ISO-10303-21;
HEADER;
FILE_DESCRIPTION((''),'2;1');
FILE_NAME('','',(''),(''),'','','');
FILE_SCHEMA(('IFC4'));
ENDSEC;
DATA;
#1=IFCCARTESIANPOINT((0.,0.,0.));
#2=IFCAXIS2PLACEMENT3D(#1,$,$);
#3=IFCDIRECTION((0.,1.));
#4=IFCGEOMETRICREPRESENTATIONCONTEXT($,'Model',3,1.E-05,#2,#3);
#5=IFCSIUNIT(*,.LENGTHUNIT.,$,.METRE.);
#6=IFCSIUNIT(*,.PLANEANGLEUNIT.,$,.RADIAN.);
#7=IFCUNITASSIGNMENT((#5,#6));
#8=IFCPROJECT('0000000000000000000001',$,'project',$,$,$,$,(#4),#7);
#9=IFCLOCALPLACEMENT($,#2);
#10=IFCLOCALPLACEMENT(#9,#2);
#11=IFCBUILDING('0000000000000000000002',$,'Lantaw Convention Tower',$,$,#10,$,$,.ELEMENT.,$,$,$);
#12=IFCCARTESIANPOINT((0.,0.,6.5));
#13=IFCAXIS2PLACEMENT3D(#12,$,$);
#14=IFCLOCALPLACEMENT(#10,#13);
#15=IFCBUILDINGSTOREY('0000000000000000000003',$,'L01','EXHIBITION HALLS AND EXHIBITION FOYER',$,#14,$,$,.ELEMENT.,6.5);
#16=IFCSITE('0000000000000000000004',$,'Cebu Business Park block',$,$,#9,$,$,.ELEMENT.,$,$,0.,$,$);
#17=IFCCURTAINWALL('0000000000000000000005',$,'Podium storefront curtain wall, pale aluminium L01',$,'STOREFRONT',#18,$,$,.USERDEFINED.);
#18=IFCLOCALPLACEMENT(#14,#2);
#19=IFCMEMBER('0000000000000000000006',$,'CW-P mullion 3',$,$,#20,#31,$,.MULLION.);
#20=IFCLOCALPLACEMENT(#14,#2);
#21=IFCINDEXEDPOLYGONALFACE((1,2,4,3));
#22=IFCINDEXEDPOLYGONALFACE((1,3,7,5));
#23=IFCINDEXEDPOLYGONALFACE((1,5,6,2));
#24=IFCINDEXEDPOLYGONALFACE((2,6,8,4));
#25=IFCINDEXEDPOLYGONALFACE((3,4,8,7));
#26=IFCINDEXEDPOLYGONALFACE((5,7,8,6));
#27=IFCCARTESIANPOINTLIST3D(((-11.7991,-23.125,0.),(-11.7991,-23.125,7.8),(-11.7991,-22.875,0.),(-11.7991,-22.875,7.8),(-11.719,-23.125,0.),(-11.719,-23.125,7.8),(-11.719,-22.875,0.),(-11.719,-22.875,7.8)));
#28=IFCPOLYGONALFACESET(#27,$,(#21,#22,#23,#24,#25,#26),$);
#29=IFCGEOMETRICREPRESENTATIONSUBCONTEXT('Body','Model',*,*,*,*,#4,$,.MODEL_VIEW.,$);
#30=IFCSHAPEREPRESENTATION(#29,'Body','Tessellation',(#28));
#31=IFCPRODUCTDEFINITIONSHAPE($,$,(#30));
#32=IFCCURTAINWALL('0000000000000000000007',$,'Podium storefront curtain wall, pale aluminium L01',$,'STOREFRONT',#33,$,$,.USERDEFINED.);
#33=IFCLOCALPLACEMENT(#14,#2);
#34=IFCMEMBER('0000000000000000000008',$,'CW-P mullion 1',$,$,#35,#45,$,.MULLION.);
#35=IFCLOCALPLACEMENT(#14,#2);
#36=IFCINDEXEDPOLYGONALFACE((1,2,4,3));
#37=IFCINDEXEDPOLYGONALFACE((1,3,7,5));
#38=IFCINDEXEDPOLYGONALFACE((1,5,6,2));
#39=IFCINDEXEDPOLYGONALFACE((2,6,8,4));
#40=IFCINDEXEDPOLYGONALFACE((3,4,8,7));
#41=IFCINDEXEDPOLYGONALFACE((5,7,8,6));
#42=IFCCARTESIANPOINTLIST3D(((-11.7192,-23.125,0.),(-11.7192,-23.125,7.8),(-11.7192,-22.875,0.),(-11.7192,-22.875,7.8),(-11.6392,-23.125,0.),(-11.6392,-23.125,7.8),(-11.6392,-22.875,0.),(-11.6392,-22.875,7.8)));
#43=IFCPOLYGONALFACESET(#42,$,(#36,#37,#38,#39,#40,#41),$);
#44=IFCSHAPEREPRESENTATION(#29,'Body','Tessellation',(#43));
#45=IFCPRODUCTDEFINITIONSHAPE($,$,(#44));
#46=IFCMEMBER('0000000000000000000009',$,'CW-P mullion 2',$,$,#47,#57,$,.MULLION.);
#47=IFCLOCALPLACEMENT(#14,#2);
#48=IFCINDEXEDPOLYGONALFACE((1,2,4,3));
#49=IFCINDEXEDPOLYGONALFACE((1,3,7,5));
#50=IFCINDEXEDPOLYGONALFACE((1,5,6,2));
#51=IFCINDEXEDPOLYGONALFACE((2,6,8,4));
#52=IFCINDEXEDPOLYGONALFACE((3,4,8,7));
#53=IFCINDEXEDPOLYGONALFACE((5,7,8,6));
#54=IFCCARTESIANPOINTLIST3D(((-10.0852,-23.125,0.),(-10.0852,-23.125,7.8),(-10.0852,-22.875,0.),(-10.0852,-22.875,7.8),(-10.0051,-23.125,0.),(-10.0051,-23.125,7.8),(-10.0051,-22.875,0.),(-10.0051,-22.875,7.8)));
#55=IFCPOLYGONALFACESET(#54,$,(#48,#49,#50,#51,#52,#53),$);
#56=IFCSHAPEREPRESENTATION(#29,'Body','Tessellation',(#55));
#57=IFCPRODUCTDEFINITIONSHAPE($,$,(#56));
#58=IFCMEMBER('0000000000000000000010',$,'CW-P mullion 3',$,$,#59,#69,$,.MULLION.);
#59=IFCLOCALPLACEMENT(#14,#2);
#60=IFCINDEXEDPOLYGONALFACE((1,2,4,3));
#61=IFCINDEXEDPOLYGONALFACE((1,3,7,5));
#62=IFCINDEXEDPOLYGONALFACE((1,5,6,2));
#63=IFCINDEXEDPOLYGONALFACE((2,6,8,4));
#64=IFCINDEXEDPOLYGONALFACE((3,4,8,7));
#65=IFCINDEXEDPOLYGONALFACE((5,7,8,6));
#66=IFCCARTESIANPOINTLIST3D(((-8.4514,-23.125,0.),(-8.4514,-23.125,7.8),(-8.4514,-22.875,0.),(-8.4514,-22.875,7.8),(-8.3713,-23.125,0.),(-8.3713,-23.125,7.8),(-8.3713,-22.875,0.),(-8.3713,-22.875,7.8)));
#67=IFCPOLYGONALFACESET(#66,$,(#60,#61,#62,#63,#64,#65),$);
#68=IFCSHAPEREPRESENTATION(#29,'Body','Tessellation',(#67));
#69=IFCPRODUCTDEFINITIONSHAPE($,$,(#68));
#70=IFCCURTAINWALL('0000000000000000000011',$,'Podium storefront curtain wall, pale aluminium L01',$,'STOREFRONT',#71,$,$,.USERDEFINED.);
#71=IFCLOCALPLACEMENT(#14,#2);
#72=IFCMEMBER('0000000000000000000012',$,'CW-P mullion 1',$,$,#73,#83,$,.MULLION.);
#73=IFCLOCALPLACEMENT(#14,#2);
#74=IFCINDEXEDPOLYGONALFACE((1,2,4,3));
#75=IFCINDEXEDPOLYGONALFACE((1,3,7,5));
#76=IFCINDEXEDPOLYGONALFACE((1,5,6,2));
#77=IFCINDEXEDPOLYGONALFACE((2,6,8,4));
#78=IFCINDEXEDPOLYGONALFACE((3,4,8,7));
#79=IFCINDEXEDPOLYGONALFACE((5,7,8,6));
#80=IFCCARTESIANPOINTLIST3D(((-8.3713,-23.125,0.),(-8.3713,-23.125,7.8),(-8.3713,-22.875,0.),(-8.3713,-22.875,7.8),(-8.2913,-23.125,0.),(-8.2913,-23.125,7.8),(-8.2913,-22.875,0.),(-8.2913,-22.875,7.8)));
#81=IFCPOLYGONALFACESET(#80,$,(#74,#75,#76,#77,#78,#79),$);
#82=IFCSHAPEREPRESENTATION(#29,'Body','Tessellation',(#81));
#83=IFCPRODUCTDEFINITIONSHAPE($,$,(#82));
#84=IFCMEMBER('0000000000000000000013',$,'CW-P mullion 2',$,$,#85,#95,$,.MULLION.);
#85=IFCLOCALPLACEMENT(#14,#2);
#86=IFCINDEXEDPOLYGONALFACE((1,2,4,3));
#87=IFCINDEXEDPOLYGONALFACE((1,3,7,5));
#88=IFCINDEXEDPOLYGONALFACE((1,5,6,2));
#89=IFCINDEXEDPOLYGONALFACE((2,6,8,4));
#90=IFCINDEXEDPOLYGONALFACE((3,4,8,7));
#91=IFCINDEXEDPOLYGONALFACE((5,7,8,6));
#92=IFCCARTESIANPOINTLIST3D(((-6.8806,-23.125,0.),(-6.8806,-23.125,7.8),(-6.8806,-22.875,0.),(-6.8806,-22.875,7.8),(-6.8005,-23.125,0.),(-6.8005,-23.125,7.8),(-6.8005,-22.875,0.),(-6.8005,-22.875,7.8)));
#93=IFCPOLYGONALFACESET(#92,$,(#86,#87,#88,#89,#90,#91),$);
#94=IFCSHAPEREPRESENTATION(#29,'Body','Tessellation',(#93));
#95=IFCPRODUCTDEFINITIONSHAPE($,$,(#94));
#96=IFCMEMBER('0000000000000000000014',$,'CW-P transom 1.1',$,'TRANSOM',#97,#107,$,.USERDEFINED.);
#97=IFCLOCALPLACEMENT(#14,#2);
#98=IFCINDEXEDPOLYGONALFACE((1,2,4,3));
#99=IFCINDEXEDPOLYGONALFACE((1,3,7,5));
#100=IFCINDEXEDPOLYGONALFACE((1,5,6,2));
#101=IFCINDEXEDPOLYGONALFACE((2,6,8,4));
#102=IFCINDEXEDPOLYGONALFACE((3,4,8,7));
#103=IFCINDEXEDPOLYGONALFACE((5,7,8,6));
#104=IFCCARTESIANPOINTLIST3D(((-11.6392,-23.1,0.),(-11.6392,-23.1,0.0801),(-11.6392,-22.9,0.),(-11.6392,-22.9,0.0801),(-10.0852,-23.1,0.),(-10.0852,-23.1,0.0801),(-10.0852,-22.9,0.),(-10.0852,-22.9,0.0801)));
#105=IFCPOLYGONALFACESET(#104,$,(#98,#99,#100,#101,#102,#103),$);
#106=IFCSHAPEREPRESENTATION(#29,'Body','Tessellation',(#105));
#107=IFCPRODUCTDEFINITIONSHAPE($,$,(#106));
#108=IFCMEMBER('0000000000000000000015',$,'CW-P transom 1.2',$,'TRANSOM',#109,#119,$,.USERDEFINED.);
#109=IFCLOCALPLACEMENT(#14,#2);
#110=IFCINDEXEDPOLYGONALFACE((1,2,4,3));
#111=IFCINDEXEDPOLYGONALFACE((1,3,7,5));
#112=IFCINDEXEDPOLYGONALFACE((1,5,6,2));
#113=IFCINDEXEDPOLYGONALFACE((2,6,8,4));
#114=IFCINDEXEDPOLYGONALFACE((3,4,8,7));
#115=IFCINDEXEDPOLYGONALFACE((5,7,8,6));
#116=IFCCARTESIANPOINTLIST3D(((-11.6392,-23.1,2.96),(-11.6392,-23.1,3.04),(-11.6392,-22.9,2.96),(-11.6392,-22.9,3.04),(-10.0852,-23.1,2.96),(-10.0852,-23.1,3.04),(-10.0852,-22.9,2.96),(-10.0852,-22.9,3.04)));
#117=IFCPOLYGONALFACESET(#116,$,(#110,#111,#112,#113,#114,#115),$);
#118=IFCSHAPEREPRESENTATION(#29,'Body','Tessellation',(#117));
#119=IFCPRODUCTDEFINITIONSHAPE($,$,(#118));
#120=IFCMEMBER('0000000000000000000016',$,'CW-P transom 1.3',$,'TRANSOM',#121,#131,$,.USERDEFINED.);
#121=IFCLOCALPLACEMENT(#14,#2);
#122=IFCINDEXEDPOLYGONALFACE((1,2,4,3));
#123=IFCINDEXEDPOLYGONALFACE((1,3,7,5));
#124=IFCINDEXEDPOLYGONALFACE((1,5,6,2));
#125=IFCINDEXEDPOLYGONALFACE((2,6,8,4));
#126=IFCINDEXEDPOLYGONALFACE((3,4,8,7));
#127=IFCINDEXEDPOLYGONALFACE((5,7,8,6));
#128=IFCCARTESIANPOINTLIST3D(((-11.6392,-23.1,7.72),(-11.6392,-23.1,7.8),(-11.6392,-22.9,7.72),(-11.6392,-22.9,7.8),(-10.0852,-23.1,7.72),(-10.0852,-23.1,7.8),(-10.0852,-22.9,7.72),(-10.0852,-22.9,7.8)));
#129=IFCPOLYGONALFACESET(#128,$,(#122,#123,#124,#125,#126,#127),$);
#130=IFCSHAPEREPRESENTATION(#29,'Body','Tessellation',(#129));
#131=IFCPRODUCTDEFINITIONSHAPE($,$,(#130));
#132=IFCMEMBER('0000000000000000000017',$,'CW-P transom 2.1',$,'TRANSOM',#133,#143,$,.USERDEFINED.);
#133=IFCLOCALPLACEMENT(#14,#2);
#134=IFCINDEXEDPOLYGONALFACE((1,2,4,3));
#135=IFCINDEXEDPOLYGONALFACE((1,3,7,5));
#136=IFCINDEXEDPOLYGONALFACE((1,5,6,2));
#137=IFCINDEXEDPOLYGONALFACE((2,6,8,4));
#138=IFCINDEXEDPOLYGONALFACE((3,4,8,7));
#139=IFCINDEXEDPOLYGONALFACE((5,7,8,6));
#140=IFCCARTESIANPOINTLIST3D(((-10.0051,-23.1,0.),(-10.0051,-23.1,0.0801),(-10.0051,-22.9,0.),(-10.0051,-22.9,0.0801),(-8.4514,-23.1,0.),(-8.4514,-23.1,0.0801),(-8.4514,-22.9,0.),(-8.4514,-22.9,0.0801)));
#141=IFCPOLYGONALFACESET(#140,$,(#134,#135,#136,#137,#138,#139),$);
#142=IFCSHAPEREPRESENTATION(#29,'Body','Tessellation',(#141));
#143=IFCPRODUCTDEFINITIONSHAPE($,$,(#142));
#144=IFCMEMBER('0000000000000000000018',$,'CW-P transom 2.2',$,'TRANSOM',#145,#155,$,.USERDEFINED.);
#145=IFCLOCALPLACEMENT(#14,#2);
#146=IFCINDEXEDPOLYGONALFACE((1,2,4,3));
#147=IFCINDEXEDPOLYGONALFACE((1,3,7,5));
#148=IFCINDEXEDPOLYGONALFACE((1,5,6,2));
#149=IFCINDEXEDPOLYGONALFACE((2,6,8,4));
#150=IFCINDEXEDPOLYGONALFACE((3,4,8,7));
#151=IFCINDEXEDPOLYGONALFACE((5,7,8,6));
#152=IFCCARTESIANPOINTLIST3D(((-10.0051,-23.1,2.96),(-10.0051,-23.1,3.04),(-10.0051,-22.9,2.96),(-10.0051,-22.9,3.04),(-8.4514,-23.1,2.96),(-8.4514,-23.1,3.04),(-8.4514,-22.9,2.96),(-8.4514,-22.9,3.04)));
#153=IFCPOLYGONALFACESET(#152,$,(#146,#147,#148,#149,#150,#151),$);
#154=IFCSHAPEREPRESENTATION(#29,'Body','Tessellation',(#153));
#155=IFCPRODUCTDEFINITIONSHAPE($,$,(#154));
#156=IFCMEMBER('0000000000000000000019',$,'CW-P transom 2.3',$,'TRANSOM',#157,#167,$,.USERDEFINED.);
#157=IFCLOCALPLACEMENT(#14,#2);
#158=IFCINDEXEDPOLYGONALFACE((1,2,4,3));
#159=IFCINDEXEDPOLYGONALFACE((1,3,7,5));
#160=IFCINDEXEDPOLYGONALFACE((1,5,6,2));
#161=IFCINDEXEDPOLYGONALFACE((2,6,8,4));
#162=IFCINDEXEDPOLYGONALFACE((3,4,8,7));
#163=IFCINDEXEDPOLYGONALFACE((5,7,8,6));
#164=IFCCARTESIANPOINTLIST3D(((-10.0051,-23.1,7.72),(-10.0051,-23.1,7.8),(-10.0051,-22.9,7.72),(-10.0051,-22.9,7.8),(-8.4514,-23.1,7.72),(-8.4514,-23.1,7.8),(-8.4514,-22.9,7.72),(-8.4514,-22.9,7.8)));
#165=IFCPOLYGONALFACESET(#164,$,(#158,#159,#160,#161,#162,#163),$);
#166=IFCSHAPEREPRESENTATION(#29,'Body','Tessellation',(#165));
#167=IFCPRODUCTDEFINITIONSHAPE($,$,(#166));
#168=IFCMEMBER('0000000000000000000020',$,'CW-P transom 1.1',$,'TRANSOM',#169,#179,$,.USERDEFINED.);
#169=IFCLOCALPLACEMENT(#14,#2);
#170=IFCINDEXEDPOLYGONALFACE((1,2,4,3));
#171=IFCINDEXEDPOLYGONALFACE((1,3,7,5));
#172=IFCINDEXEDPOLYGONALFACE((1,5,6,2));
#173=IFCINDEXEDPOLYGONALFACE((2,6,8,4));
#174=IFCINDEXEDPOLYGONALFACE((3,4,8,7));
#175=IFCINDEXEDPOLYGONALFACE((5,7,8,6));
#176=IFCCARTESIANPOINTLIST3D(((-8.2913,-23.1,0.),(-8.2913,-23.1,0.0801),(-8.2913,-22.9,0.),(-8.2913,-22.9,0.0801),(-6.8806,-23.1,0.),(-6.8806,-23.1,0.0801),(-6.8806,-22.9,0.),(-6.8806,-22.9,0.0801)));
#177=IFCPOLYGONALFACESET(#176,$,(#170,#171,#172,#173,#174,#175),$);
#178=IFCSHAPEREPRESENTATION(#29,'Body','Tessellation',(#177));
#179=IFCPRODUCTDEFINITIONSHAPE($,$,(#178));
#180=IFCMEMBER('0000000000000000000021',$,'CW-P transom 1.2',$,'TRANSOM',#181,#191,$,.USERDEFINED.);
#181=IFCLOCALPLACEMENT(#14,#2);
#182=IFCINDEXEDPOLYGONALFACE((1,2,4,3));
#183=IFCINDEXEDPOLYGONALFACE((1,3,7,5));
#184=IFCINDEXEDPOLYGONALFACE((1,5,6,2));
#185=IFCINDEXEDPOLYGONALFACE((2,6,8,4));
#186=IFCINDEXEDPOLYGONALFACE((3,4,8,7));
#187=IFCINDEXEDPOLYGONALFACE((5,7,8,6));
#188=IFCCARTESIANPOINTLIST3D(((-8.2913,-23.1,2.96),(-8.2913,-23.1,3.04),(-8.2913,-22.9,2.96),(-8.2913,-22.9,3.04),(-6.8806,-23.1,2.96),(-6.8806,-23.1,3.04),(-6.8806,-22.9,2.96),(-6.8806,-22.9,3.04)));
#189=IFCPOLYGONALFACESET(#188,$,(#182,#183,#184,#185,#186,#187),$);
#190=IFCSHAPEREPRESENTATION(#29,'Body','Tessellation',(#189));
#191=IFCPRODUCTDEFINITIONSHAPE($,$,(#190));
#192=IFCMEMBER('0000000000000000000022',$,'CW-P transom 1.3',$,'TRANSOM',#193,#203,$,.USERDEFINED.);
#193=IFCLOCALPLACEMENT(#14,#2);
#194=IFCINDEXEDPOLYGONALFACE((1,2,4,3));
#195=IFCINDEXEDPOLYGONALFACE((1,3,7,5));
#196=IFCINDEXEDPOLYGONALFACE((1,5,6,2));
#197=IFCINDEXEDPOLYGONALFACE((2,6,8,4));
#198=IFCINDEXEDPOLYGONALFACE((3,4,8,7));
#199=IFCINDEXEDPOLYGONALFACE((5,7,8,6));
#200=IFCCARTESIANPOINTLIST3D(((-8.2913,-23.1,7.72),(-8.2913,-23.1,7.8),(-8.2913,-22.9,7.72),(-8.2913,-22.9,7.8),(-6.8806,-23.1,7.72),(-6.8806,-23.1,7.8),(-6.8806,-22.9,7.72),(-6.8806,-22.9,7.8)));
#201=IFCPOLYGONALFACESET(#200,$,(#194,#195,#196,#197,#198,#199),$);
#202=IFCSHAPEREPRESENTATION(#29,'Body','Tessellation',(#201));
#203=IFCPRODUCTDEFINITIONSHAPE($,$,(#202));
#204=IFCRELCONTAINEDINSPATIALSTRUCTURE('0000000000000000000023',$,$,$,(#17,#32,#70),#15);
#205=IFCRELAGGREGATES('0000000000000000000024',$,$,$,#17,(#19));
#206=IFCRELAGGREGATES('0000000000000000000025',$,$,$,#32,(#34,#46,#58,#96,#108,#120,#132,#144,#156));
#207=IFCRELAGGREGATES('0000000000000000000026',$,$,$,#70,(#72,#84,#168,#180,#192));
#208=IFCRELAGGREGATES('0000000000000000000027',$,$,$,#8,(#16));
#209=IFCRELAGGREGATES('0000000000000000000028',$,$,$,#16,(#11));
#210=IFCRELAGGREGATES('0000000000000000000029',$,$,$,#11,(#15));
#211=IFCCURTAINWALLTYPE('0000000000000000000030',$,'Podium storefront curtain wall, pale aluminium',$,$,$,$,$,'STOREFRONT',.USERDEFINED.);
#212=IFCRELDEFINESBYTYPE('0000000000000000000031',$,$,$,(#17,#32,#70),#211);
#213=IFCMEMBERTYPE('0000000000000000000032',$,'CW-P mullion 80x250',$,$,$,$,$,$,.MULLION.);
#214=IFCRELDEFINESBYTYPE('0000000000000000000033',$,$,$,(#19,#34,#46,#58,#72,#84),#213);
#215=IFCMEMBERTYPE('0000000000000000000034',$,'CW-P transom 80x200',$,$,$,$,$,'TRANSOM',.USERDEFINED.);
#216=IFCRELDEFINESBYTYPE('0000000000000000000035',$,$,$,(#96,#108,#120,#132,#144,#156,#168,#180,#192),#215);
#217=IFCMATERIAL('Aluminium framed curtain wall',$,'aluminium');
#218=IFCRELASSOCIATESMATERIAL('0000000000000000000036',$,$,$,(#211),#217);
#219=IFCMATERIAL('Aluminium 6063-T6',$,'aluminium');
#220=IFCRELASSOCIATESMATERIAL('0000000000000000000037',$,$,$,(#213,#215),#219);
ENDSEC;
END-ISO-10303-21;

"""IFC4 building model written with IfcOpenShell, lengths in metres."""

from ifc_helpers import new_model, si_unit, direction, frame, origin, origin_2d, place, context, subcontext, project, spatial, rectangle, extrude, material, material_profile, profile_set, type_object, element, aggregate, save


model = new_model("IFC4")

# Units and contexts
model_context = context("Model", 3, precision=1e-05, world=origin(), true_north=direction((0.0, 1.0)))
body_context = subcontext(model_context, "Body", "Model", "MODEL_VIEW")
ifc_project = project(units=[si_unit("LENGTHUNIT", "METRE"), si_unit("PLANEANGLEUNIT", "RADIAN")], contexts=[model_context])

# Site, building, storey
site_placement = place(None, origin())
site = spatial("IfcSite", under=ifc_project, at=site_placement, Name="Cebu Business Park block", CompositionType="ELEMENT", RefElevation=0.0)
building_placement = place(site_placement, origin())
building = spatial("IfcBuilding", under=site, at=building_placement, Name="Lantaw Convention Tower", CompositionType="ELEMENT")
storey_placement = place(building_placement, frame((0.0, 0.0, 6.5)))
storey = spatial("IfcBuildingStorey", under=building, at=storey_placement, Name="L01", Description="EXHIBITION HALLS AND EXHIBITION FOYER", CompositionType="ELEMENT", Elevation=6.5)

# Curtain wall, member
ifc_material_1 = material(Name="Aluminium framed curtain wall", Category="aluminium")
curtain_wall_type = type_object("IfcCurtainWallType", Name="Podium storefront curtain wall, pale aluminium", ElementType="STOREFRONT", PredefinedType="USERDEFINED", material=ifc_material_1)
curtain_wall_1_placement = place(storey_placement, origin())
curtain_wall_1 = element("IfcCurtainWall", 1, at=curtain_wall_1_placement, inside=storey, type_object=curtain_wall_type, Name="Podium storefront curtain wall, pale aluminium L01", ObjectType="STOREFRONT", PredefinedType="USERDEFINED")
ifc_material_2 = material(Name="Aluminium 6063-T6", Category="aluminium")
ifc_material_profile_1 = material_profile(ifc_material_2, rectangle(XDim=0.25, YDim=0.0801, at=origin_2d()), Name="CW-P mullion 80x250")
ifc_profile_set_1 = profile_set([ifc_material_profile_1], Name="Aluminium 6063-T6")
member_type_1 = type_object("IfcMemberType", Name="CW-P mullion 80x250", PredefinedType="MULLION", material=ifc_profile_set_1)
member_1_placement = place(storey_placement, frame((-11.759, -23.0, 0.0), z_axis=(0.0, 0.0, 1.0), x_axis=(0.0, 1.0, 0.0)))
member_1 = element("IfcMember", 2, at=member_1_placement, type_object=member_type_1, Name="CW-P mullion 3", PredefinedType="MULLION", context=body_context, shape_type="SweptSolid", body=[
    extrude(rectangle(XDim=0.25, YDim=0.0801, at=origin_2d()), origin(), (0.0, 0.0, 1.0), 7.8),
])

# Curtain walls, members
curtain_wall_2_placement = place(storey_placement, origin())
curtain_wall_2 = element("IfcCurtainWall", 3, at=curtain_wall_2_placement, inside=storey, type_object=curtain_wall_type, Name="Podium storefront curtain wall, pale aluminium L01", ObjectType="STOREFRONT", PredefinedType="USERDEFINED")
member_2_placement = place(storey_placement, frame((-11.6792, -23.0, 0.0), z_axis=(0.0, 0.0, 1.0), x_axis=(0.0, 1.0, 0.0)))
member_2 = element("IfcMember", 4, at=member_2_placement, type_object=member_type_1, Name="CW-P mullion 1", PredefinedType="MULLION", context=body_context, shape_type="SweptSolid", body=[
    extrude(rectangle(XDim=0.25, YDim=0.0801, at=origin_2d()), origin(), (0.0, 0.0, 1.0), 7.8),
])
member_3_placement = place(storey_placement, frame((-10.0452, -23.0, 0.0), z_axis=(0.0, 0.0, 1.0), x_axis=(0.0, 1.0, 0.0)))
member_3 = element("IfcMember", 5, at=member_3_placement, type_object=member_type_1, Name="CW-P mullion 2", PredefinedType="MULLION", context=body_context, shape_type="SweptSolid", body=[
    extrude(rectangle(XDim=0.25, YDim=0.0801, at=origin_2d()), origin(), (0.0, 0.0, 1.0), 7.8),
])
member_4_placement = place(storey_placement, frame((-8.4114, -23.0, 0.0), z_axis=(0.0, 0.0, 1.0), x_axis=(0.0, 1.0, 0.0)))
member_4 = element("IfcMember", 6, at=member_4_placement, type_object=member_type_1, Name="CW-P mullion 3", PredefinedType="MULLION", context=body_context, shape_type="SweptSolid", body=[
    extrude(rectangle(XDim=0.25, YDim=0.0801, at=origin_2d()), origin(), (0.0, 0.0, 1.0), 7.8),
])
curtain_wall_3_placement = place(storey_placement, origin())
curtain_wall_3 = element("IfcCurtainWall", 7, at=curtain_wall_3_placement, inside=storey, type_object=curtain_wall_type, Name="Podium storefront curtain wall, pale aluminium L01", ObjectType="STOREFRONT", PredefinedType="USERDEFINED")
member_5_placement = place(storey_placement, frame((-8.3313, -23.0, 0.0), z_axis=(0.0, 0.0, 1.0), x_axis=(0.0, 1.0, 0.0)))
member_5 = element("IfcMember", 8, at=member_5_placement, type_object=member_type_1, Name="CW-P mullion 1", PredefinedType="MULLION", context=body_context, shape_type="SweptSolid", body=[
    extrude(rectangle(XDim=0.25, YDim=0.0801, at=origin_2d()), origin(), (0.0, 0.0, 1.0), 7.8),
])
member_6_placement = place(storey_placement, frame((-6.8406, -23.0, 0.0), z_axis=(0.0, 0.0, 1.0), x_axis=(0.0, 1.0, 0.0)))
member_6 = element("IfcMember", 9, at=member_6_placement, type_object=member_type_1, Name="CW-P mullion 2", PredefinedType="MULLION", context=body_context, shape_type="SweptSolid", body=[
    extrude(rectangle(XDim=0.25, YDim=0.0801, at=origin_2d()), origin(), (0.0, 0.0, 1.0), 7.8),
])

# Members
ifc_material_profile_2 = material_profile(ifc_material_2, rectangle(XDim=0.2, YDim=0.0801, at=origin_2d()), Name="CW-P transom 80x200")
ifc_profile_set_2 = profile_set([ifc_material_profile_2], Name="Aluminium 6063-T6")
member_type_2 = type_object("IfcMemberType", Name="CW-P transom 80x200", ElementType="TRANSOM", PredefinedType="USERDEFINED", material=ifc_profile_set_2)
member_7_placement = place(storey_placement, frame((-11.6392, -23.0, 0.04), z_axis=(1.0, 0.0, 0.0), x_axis=(0.0, 1.0, 0.0)))
member_7 = element("IfcMember", 10, at=member_7_placement, type_object=member_type_2, Name="CW-P transom 1.1", ObjectType="TRANSOM", PredefinedType="USERDEFINED", context=body_context, shape_type="SweptSolid", body=[
    extrude(rectangle(XDim=0.2, YDim=0.0801, at=origin_2d()), origin(), (0.0, 0.0, 1.0), 1.554),
])
member_8_placement = place(storey_placement, frame((-11.6392, -23.0, 3.0), z_axis=(1.0, 0.0, 0.0), x_axis=(0.0, 1.0, 0.0)))
member_8 = element("IfcMember", 11, at=member_8_placement, type_object=member_type_2, Name="CW-P transom 1.2", ObjectType="TRANSOM", PredefinedType="USERDEFINED", context=body_context, shape_type="SweptSolid", body=[
    extrude(rectangle(XDim=0.2, YDim=0.0801, at=origin_2d()), origin(), (0.0, 0.0, 1.0), 1.554),
])
member_9_placement = place(storey_placement, frame((-11.6392, -23.0, 7.76), z_axis=(1.0, 0.0, 0.0), x_axis=(0.0, 1.0, 0.0)))
member_9 = element("IfcMember", 12, at=member_9_placement, type_object=member_type_2, Name="CW-P transom 1.3", ObjectType="TRANSOM", PredefinedType="USERDEFINED", context=body_context, shape_type="SweptSolid", body=[
    extrude(rectangle(XDim=0.2, YDim=0.0801, at=origin_2d()), origin(), (0.0, 0.0, 1.0), 1.554),
])
member_10_placement = place(storey_placement, frame((-10.0051, -23.0, 0.04), z_axis=(1.0, 0.0, 0.0), x_axis=(0.0, 1.0, 0.0)))
member_10 = element("IfcMember", 13, at=member_10_placement, type_object=member_type_2, Name="CW-P transom 2.1", ObjectType="TRANSOM", PredefinedType="USERDEFINED", context=body_context, shape_type="SweptSolid", body=[
    extrude(rectangle(XDim=0.2, YDim=0.0801, at=origin_2d()), origin(), (0.0, 0.0, 1.0), 1.5537),
])
member_11_placement = place(storey_placement, frame((-10.0051, -23.0, 3.0), z_axis=(1.0, 0.0, 0.0), x_axis=(0.0, 1.0, 0.0)))
member_11 = element("IfcMember", 14, at=member_11_placement, type_object=member_type_2, Name="CW-P transom 2.2", ObjectType="TRANSOM", PredefinedType="USERDEFINED", context=body_context, shape_type="SweptSolid", body=[
    extrude(rectangle(XDim=0.2, YDim=0.0801, at=origin_2d()), origin(), (0.0, 0.0, 1.0), 1.5537),
])
member_12_placement = place(storey_placement, frame((-10.0051, -23.0, 7.76), z_axis=(1.0, 0.0, 0.0), x_axis=(0.0, 1.0, 0.0)))
member_12 = element("IfcMember", 15, at=member_12_placement, type_object=member_type_2, Name="CW-P transom 2.3", ObjectType="TRANSOM", PredefinedType="USERDEFINED", context=body_context, shape_type="SweptSolid", body=[
    extrude(rectangle(XDim=0.2, YDim=0.0801, at=origin_2d()), origin(), (0.0, 0.0, 1.0), 1.5537),
])
member_13_placement = place(storey_placement, frame((-8.2913, -23.0, 0.04), z_axis=(1.0, 0.0, 0.0), x_axis=(0.0, 1.0, 0.0)))
member_13 = element("IfcMember", 16, at=member_13_placement, type_object=member_type_2, Name="CW-P transom 1.1", ObjectType="TRANSOM", PredefinedType="USERDEFINED", context=body_context, shape_type="SweptSolid", body=[
    extrude(rectangle(XDim=0.2, YDim=0.0801, at=origin_2d()), origin(), (0.0, 0.0, 1.0), 1.4106),
])
member_14_placement = place(storey_placement, frame((-8.2913, -23.0, 3.0), z_axis=(1.0, 0.0, 0.0), x_axis=(0.0, 1.0, 0.0)))
member_14 = element("IfcMember", 17, at=member_14_placement, type_object=member_type_2, Name="CW-P transom 1.2", ObjectType="TRANSOM", PredefinedType="USERDEFINED", context=body_context, shape_type="SweptSolid", body=[
    extrude(rectangle(XDim=0.2, YDim=0.0801, at=origin_2d()), origin(), (0.0, 0.0, 1.0), 1.4106),
])
member_15_placement = place(storey_placement, frame((-8.2913, -23.0, 7.76), z_axis=(1.0, 0.0, 0.0), x_axis=(0.0, 1.0, 0.0)))
member_15 = element("IfcMember", 18, at=member_15_placement, type_object=member_type_2, Name="CW-P transom 1.3", ObjectType="TRANSOM", PredefinedType="USERDEFINED", context=body_context, shape_type="SweptSolid", body=[
    extrude(rectangle(XDim=0.2, YDim=0.0801, at=origin_2d()), origin(), (0.0, 0.0, 1.0), 1.4106),
])

aggregate(curtain_wall_1, [member_1])
aggregate(curtain_wall_2, [member_2, member_3, member_4, member_7, member_8, member_9, member_10, member_11, member_12])
aggregate(curtain_wall_3, [member_5, member_6, member_13, member_14, member_15])

save(model, "model.ifc")
